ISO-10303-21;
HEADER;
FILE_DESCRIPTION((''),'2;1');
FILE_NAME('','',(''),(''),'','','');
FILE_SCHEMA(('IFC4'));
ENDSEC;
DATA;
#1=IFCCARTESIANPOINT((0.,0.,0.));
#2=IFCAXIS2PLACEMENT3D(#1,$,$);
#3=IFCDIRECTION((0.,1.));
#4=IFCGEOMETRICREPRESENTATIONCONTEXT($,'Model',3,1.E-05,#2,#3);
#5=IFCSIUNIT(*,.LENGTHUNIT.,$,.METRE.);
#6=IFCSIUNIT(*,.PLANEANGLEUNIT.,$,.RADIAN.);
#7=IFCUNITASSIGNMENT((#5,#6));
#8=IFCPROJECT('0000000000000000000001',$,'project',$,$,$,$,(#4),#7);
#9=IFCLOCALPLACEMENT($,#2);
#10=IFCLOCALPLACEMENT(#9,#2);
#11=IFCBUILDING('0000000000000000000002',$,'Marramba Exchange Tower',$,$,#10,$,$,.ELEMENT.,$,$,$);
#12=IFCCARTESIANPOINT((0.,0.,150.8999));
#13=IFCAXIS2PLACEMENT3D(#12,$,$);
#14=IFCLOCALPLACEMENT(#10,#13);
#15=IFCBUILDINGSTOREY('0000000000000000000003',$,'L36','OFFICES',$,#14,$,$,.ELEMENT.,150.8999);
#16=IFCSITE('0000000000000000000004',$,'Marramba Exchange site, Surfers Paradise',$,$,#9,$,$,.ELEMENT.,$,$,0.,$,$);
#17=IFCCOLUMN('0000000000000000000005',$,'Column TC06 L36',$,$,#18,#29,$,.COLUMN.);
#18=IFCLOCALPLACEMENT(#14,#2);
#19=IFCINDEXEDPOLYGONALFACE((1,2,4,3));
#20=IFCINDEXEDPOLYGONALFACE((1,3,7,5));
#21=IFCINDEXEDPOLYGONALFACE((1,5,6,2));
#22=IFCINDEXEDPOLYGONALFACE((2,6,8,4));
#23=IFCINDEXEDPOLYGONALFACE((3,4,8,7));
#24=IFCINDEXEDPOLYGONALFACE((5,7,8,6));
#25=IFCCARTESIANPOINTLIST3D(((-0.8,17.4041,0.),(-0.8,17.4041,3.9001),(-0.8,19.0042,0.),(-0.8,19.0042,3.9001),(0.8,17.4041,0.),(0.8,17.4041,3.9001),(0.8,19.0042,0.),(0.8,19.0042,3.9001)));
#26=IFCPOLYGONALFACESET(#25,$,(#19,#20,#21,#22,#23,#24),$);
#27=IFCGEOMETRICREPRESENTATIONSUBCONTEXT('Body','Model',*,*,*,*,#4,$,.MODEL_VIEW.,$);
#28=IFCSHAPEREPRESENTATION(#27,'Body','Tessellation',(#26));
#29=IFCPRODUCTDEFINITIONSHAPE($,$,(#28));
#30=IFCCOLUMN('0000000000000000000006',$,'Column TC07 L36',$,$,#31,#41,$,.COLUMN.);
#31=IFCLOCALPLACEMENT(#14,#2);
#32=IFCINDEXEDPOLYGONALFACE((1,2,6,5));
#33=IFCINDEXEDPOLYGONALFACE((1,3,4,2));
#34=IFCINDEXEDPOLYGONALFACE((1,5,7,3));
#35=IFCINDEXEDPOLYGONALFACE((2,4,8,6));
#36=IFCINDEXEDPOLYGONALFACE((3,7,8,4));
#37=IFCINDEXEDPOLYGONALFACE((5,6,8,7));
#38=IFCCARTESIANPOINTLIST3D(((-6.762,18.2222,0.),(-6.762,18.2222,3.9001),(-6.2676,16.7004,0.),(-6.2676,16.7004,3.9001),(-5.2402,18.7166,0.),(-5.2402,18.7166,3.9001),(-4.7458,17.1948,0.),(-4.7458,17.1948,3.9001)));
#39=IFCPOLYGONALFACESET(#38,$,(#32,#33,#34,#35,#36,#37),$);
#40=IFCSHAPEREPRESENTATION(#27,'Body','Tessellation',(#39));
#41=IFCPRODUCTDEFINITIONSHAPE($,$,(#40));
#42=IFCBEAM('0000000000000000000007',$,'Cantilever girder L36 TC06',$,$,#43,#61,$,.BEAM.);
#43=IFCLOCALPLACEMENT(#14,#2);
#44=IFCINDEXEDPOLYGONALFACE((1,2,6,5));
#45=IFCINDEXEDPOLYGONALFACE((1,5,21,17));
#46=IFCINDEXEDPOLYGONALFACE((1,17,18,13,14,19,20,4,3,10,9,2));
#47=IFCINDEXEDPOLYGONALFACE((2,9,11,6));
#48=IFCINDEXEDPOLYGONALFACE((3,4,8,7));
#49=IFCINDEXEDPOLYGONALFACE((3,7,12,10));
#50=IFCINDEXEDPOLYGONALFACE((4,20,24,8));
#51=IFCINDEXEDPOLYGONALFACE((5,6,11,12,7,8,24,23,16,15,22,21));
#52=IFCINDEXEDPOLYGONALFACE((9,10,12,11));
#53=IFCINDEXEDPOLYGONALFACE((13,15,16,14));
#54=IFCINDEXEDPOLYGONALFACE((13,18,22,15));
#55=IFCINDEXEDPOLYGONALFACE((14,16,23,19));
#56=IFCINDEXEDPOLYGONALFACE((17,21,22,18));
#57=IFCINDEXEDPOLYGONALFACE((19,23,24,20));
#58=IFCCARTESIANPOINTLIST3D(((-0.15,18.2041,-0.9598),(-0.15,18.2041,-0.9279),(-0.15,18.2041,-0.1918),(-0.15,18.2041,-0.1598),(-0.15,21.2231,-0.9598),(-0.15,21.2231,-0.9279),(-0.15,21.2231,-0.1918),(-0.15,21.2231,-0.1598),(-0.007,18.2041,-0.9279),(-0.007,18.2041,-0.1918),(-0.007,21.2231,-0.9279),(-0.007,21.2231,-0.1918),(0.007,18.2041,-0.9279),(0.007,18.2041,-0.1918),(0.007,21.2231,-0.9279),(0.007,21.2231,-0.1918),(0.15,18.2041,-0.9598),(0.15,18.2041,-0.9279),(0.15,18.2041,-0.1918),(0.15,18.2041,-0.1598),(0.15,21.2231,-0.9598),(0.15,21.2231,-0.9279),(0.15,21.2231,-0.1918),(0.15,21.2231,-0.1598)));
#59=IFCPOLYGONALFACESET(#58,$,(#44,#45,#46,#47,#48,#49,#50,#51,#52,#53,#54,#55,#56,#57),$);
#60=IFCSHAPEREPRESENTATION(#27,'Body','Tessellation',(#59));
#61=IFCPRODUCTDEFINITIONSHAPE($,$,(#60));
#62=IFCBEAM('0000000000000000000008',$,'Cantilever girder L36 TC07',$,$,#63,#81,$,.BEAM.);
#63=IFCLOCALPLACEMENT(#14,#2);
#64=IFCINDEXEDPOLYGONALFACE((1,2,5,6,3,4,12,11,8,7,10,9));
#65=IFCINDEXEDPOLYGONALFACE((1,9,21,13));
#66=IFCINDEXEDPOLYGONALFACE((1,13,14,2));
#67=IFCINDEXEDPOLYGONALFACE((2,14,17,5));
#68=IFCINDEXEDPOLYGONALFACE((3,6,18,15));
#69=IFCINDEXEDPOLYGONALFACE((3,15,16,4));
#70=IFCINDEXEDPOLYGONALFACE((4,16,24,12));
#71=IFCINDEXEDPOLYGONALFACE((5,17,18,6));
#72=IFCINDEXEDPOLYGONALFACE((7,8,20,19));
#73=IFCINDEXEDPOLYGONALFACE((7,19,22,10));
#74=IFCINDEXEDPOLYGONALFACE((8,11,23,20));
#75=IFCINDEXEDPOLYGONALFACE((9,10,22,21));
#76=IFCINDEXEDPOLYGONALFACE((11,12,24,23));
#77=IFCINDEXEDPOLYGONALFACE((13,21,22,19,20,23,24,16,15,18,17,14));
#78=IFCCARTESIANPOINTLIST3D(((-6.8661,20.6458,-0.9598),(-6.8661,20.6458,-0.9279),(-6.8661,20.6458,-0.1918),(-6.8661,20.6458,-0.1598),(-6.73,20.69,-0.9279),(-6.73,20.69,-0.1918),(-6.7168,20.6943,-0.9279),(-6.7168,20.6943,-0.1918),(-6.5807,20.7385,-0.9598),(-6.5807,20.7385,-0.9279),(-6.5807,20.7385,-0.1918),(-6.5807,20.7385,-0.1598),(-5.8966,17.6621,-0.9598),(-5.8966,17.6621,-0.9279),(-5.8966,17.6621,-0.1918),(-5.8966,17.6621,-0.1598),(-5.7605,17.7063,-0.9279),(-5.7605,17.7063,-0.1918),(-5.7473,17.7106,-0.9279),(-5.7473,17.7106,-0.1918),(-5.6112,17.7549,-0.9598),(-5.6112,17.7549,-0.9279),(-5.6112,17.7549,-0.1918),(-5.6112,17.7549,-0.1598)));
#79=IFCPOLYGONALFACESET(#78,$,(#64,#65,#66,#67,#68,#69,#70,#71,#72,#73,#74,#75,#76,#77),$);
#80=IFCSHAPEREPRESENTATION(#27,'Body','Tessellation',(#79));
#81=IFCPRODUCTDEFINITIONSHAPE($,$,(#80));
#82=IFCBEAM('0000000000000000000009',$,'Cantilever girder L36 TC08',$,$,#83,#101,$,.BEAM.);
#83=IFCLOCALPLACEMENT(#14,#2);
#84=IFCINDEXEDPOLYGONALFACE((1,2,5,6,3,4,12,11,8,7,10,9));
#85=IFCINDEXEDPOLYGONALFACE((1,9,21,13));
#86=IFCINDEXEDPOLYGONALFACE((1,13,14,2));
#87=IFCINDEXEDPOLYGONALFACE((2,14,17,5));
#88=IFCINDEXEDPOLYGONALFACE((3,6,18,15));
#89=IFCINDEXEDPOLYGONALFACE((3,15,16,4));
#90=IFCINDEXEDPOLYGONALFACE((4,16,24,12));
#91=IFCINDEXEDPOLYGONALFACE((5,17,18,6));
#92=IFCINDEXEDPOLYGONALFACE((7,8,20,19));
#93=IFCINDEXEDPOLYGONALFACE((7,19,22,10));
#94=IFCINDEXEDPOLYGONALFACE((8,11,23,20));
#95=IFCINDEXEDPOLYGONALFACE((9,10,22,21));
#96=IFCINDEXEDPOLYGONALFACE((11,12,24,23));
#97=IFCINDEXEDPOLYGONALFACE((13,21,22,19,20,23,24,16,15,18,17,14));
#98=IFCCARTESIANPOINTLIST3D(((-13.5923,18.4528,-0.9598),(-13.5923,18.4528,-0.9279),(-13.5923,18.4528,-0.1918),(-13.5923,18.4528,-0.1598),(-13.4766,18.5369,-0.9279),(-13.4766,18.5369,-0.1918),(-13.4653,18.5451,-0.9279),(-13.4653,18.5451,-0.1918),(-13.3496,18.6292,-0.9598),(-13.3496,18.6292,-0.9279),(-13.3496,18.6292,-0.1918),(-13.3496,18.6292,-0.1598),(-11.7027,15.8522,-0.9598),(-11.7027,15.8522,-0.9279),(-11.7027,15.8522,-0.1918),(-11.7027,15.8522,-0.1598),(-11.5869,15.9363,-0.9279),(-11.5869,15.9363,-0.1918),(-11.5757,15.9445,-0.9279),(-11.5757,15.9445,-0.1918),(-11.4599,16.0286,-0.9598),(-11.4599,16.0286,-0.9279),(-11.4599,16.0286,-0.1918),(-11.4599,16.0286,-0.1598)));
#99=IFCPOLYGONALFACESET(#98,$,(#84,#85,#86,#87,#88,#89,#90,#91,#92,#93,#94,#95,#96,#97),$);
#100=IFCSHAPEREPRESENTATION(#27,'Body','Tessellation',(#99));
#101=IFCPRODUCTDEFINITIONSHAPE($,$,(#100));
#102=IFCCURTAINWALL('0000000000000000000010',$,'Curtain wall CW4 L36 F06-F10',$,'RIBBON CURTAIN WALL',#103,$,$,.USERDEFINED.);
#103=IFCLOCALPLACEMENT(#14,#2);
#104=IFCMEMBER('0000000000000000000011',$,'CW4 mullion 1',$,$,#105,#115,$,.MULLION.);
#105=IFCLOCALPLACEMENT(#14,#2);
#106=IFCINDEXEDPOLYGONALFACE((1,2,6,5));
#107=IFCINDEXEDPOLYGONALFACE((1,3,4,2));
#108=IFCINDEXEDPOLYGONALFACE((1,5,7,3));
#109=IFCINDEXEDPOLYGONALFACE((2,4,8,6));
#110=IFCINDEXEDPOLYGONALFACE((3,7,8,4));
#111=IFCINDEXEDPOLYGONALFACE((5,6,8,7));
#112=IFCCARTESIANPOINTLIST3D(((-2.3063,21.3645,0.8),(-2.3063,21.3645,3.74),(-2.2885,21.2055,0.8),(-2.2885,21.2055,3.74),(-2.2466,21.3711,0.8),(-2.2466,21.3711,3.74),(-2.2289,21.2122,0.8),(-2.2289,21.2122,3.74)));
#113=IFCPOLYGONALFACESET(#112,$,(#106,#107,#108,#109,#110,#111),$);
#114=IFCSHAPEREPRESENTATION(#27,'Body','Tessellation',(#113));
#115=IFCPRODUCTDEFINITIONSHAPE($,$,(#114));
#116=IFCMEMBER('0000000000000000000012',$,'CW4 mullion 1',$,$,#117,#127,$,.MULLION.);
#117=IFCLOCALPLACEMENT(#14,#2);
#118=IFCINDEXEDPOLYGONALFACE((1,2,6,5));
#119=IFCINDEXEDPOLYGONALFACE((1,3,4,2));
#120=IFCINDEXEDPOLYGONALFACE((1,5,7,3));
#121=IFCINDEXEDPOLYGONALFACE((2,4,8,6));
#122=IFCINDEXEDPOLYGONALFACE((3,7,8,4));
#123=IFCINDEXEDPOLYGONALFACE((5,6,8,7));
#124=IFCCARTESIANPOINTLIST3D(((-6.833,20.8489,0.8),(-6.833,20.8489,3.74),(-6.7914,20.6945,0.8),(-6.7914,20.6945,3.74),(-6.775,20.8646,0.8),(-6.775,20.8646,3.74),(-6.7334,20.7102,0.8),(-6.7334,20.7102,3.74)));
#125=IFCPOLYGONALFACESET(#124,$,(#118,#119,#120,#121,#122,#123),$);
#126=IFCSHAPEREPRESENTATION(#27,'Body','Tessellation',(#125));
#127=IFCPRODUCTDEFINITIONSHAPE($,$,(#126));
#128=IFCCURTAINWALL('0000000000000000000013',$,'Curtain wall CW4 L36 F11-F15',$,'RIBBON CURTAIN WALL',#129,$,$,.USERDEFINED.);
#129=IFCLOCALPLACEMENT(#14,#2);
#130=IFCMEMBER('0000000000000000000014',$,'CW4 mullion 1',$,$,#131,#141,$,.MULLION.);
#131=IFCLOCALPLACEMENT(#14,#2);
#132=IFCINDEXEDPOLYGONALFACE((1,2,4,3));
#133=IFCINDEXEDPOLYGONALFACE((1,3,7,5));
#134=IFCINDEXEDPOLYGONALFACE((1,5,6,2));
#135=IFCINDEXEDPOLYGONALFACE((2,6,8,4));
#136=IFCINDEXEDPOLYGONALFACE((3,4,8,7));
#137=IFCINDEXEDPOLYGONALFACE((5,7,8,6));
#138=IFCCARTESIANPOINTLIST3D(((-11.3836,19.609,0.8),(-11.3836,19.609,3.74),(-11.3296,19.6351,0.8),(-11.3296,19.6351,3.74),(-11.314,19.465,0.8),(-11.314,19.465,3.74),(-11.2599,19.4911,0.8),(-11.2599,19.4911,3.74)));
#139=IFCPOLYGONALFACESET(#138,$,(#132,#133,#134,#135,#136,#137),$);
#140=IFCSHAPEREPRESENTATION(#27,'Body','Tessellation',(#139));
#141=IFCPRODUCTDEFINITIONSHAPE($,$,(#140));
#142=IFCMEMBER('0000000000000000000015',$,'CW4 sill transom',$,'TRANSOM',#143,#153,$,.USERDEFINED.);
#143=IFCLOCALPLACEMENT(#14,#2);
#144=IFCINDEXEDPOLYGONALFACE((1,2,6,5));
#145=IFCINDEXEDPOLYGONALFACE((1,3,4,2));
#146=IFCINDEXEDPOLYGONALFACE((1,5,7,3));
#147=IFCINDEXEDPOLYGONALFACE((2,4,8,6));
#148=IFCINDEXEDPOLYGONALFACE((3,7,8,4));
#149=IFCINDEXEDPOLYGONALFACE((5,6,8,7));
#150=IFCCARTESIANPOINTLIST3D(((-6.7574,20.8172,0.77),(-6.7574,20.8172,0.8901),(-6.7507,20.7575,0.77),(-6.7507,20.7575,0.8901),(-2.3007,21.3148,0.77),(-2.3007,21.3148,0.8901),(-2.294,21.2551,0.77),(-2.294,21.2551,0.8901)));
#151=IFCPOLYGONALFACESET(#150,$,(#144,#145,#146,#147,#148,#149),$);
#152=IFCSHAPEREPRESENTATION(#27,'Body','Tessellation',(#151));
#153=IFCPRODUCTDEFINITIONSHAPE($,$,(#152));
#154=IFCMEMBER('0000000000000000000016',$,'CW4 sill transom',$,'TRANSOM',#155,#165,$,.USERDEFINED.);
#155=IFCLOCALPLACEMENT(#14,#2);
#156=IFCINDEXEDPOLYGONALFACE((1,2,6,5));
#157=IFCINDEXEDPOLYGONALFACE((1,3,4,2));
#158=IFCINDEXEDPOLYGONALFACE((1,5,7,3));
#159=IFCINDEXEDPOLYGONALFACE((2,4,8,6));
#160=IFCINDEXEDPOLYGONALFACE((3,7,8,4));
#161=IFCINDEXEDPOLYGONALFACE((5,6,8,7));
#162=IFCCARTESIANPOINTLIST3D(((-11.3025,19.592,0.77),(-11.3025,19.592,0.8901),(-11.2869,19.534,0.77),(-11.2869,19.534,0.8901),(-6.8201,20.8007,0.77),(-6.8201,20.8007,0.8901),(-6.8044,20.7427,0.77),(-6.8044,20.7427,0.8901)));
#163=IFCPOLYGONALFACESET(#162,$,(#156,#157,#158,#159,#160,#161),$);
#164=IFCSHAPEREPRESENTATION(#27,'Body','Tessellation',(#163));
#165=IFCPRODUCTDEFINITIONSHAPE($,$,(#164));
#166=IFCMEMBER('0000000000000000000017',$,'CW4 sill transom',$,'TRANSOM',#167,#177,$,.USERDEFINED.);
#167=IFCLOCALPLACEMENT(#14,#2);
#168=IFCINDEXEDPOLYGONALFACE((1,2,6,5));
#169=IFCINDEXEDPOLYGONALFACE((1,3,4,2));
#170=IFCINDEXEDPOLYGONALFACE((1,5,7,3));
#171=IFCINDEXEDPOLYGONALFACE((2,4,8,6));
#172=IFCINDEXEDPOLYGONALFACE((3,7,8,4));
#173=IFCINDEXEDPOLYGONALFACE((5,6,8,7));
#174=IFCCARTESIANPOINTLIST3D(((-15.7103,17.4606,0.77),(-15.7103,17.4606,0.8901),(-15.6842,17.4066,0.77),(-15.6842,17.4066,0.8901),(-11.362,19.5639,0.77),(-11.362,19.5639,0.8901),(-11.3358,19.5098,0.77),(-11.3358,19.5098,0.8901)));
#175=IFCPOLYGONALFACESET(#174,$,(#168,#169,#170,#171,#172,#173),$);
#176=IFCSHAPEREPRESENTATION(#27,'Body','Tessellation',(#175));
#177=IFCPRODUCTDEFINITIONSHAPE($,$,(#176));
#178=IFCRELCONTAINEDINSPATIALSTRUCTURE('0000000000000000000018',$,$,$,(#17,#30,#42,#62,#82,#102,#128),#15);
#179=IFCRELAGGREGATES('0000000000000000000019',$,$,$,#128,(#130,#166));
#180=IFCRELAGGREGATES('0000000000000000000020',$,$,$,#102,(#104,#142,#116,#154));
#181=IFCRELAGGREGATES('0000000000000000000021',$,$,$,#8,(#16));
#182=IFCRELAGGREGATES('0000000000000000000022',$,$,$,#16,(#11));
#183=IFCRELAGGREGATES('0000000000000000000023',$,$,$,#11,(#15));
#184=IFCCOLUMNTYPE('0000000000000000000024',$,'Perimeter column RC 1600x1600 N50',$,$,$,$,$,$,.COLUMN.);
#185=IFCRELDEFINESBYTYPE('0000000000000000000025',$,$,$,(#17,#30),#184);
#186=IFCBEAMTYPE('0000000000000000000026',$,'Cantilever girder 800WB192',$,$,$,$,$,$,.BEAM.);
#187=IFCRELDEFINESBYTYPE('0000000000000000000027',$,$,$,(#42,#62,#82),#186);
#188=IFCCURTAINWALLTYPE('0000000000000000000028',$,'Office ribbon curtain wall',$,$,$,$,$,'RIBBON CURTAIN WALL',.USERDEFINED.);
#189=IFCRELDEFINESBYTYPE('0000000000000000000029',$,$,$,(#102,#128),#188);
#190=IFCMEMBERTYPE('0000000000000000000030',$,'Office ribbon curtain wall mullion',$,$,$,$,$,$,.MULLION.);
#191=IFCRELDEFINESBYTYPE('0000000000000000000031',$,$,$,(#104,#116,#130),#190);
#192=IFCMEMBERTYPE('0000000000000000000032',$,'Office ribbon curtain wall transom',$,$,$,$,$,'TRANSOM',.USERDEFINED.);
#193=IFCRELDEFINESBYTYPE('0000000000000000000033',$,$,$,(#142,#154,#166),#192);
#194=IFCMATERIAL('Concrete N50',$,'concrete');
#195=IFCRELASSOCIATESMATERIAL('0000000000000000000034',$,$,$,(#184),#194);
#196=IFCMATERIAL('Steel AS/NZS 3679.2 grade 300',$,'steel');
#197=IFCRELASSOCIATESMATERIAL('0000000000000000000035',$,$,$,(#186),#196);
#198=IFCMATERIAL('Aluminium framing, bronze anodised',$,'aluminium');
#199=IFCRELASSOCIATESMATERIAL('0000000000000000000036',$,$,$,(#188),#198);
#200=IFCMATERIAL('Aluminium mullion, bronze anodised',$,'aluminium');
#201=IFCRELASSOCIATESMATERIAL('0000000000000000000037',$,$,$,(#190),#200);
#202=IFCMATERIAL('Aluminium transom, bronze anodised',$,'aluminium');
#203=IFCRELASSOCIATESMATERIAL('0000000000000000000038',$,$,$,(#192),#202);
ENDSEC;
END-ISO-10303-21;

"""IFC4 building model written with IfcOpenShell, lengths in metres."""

from ifc_helpers import new_model, si_unit, direction, frame, origin, origin_2d, place, context, subcontext, project, spatial, rectangle, i_section, extrude, material, material_profile, profile_set, type_object, element, aggregate, save


model = new_model("IFC4")

# Units and contexts
model_context = context("Model", 3, precision=1e-05, world=origin(), true_north=direction((0.0, 1.0)))
body_context = subcontext(model_context, "Body", "Model", "MODEL_VIEW")
ifc_project = project(units=[si_unit("LENGTHUNIT", "METRE"), si_unit("PLANEANGLEUNIT", "RADIAN")], contexts=[model_context])

# Site, building, storey
site_placement = place(None, origin())
site = spatial("IfcSite", under=ifc_project, at=site_placement, Name="Marramba Exchange site, Surfers Paradise", CompositionType="ELEMENT", RefElevation=0.0)
building_placement = place(site_placement, origin())
building = spatial("IfcBuilding", under=site, at=building_placement, Name="Marramba Exchange Tower", CompositionType="ELEMENT")
storey_placement = place(building_placement, frame((0.0, 0.0, 150.8999)))
storey = spatial("IfcBuildingStorey", under=building, at=storey_placement, Name="L36", Description="OFFICES", CompositionType="ELEMENT", Elevation=150.8999)

# Columns
ifc_material_1 = material(Name="Concrete N50", Category="concrete")
ifc_material_profile_1 = material_profile(ifc_material_1, rectangle(XDim=1.6001, YDim=1.6001, at=origin_2d()), Name="RC 1600x1600")
ifc_profile_set_1 = profile_set([ifc_material_profile_1], Name="Concrete N50")
column_type = type_object("IfcColumnType", Name="Perimeter column RC 1600x1600 N50", PredefinedType="COLUMN", material=ifc_profile_set_1)
for number, where, z_axis, x_axis, name in (
    (1, (0.0, 18.2041, 0.0), (0.0, 0.0, 1.0), (0.0, 1.0, 0.0), "Column TC06 L36"),
    (2, (-5.7539, 17.7085, 0.0), (0.0, 0.0, 1.0), (-0.309017, 0.951057, 0.0), "Column TC07 L36"),
):
    element("IfcColumn", number, at=place(storey_placement, frame(where, z_axis=z_axis, x_axis=x_axis)), inside=storey, type_object=column_type, Name=name, PredefinedType="COLUMN", context=body_context, shape_type="SweptSolid", body=[
        extrude(rectangle(XDim=1.6001, YDim=1.6001, at=origin_2d()), origin(), (0.0, 0.0, 1.0), 3.9001),
    ])

# Beams
ifc_material_2 = material(Name="Steel AS/NZS 3679.2 grade 300", Category="steel")
ifc_material_profile_2 = material_profile(ifc_material_2, i_section(OverallWidth=0.3, OverallDepth=0.8, WebThickness=0.0139, FlangeThickness=0.032, at=origin_2d()), Name="800WB192")
ifc_profile_set_2 = profile_set([ifc_material_profile_2], Name="Steel AS/NZS 3679.2 grade 300")
beam_type_1 = type_object("IfcBeamType", Name="Cantilever girder 800WB192", PredefinedType="BEAM", material=ifc_profile_set_2)
beam_1_placement = place(storey_placement, frame((0.0, 18.2041, -0.5598), z_axis=(0.0, 1.0, 0.0), x_axis=(-1.0, 0.0, 0.0)))
element("IfcBeam", 3, at=beam_1_placement, inside=storey, type_object=beam_type_1, Name="Cantilever girder L36 TC06", PredefinedType="BEAM", context=body_context, shape_type="SweptSolid", body=[
    extrude(i_section(OverallWidth=0.3, OverallDepth=0.8, WebThickness=0.0139, FlangeThickness=0.032, at=origin_2d()), origin(), (0.0, 0.0, 1.0), 3.019),
])
beam_2_placement = place(storey_placement, frame((-5.7539, 17.7085, -0.5598), z_axis=(-0.309028, 0.951053, 0.0), x_axis=(-0.951053, -0.309028, 0.0)))
element("IfcBeam", 4, at=beam_2_placement, inside=storey, type_object=beam_type_1, Name="Cantilever girder L36 TC07", PredefinedType="BEAM", context=body_context, shape_type="SweptSolid", body=[
    extrude(i_section(OverallWidth=0.3, OverallDepth=0.8, WebThickness=0.0139, FlangeThickness=0.032, at=origin_2d()), origin(), (0.0, 0.0, 1.0), 3.1372),
])
beam_3_placement = place(storey_placement, frame((-11.5813, 15.9404, -0.5598), z_axis=(-0.587828, 0.808986, 0.0), x_axis=(-0.808986, -0.587828, 0.0)))
element("IfcBeam", 5, at=beam_3_placement, inside=storey, type_object=beam_type_1, Name="Cantilever girder L36 TC08", PredefinedType="BEAM", context=body_context, shape_type="SweptSolid", body=[
    extrude(i_section(OverallWidth=0.3, OverallDepth=0.8, WebThickness=0.0139, FlangeThickness=0.032, at=origin_2d()), origin(), (0.0, 0.0, 1.0), 3.2146),
])

# Curtain wall, members
ifc_material_3 = material(Name="Aluminium framing, bronze anodised", Category="aluminium")
curtain_wall_type = type_object("IfcCurtainWallType", Name="Office ribbon curtain wall", ElementType="RIBBON CURTAIN WALL", PredefinedType="USERDEFINED", material=ifc_material_3)
curtain_wall_1_placement = place(storey_placement, origin())
curtain_wall_1 = element("IfcCurtainWall", 6, at=curtain_wall_1_placement, inside=storey, type_object=curtain_wall_type, Name="Curtain wall CW4 L36 F06-F10", ObjectType="RIBBON CURTAIN WALL", PredefinedType="USERDEFINED")
ifc_material_4 = material(Name="Aluminium mullion, bronze anodised", Category="aluminium")
ifc_material_profile_3 = material_profile(ifc_material_4, rectangle(XDim=0.1599, YDim=0.0601, at=origin_2d()), Name="CW4 mullion 60x160")
ifc_profile_set_3 = profile_set([ifc_material_profile_3], Name="Aluminium mullion, bronze anodised")
member_type_1 = type_object("IfcMemberType", Name="Office ribbon curtain wall mullion", PredefinedType="MULLION", material=ifc_profile_set_3)
member_1_placement = place(storey_placement, frame((-2.2676, 21.2883, 0.8), z_axis=(0.0, 0.0, 1.0), x_axis=(0.110973, -0.993823, 0.0)))
member_1 = element("IfcMember", 7, at=member_1_placement, type_object=member_type_1, Name="CW4 mullion 1", PredefinedType="MULLION", context=body_context, shape_type="SweptSolid", body=[
    extrude(rectangle(XDim=0.1599, YDim=0.0601, at=origin_2d()), origin(), (0.0, 0.0, 1.0), 2.9399),
])
member_2_placement = place(storey_placement, frame((-6.7832, 20.7795, 0.8), z_axis=(0.0, 0.0, 1.0), x_axis=(0.260321, -0.965522, 0.0)))
member_2 = element("IfcMember", 8, at=member_2_placement, type_object=member_type_1, Name="CW4 mullion 1", PredefinedType="MULLION", context=body_context, shape_type="SweptSolid", body=[
    extrude(rectangle(XDim=0.1599, YDim=0.0601, at=origin_2d()), origin(), (0.0, 0.0, 1.0), 2.9399),
])

# Curtain wall, member
curtain_wall_2_placement = place(storey_placement, origin())
curtain_wall_2 = element("IfcCurtainWall", 9, at=curtain_wall_2_placement, inside=storey, type_object=curtain_wall_type, Name="Curtain wall CW4 L36 F11-F15", ObjectType="RIBBON CURTAIN WALL", PredefinedType="USERDEFINED")
member_3_placement = place(storey_placement, frame((-11.3218, 19.55, 0.8), z_axis=(0.0, 0.0, 1.0), x_axis=(0.435428, -0.900224, 0.0)))
member_3 = element("IfcMember", 10, at=member_3_placement, type_object=member_type_1, Name="CW4 mullion 1", PredefinedType="MULLION", context=body_context, shape_type="SweptSolid", body=[
    extrude(rectangle(XDim=0.1599, YDim=0.0601, at=origin_2d()), origin(), (0.0, 0.0, 1.0), 2.9399),
])

# Members
ifc_material_5 = material(Name="Aluminium transom, bronze anodised", Category="aluminium")
ifc_material_profile_4 = material_profile(ifc_material_5, rectangle(XDim=0.0601, YDim=0.1201, at=origin_2d()), Name="CW4 transom 60x120")
ifc_profile_set_4 = profile_set([ifc_material_profile_4], Name="Aluminium transom, bronze anodised")
member_type_2 = type_object("IfcMemberType", Name="Office ribbon curtain wall transom", ElementType="TRANSOM", PredefinedType="USERDEFINED", material=ifc_profile_set_4)
member_4_placement = place(storey_placement, frame((-2.2974, 21.2849, 0.8301), z_axis=(-0.993826, -0.110951, 0.0), x_axis=(0.110951, -0.993826, 0.0)))
member_4 = element("IfcMember", 11, at=member_4_placement, type_object=member_type_2, Name="CW4 sill transom", ObjectType="TRANSOM", PredefinedType="USERDEFINED", context=body_context, shape_type="SweptSolid", body=[
    extrude(rectangle(XDim=0.0601, YDim=0.1201, at=origin_2d()), origin(), (0.0, 0.0, 1.0), 4.4844),
])
member_5_placement = place(storey_placement, frame((-6.8123, 20.7717, 0.8301), z_axis=(-0.965511, -0.260362, 0.0), x_axis=(0.260362, -0.965511, 0.0)))
member_5 = element("IfcMember", 12, at=member_5_placement, type_object=member_type_2, Name="CW4 sill transom", ObjectType="TRANSOM", PredefinedType="USERDEFINED", context=body_context, shape_type="SweptSolid", body=[
    extrude(rectangle(XDim=0.0601, YDim=0.1201, at=origin_2d()), origin(), (0.0, 0.0, 1.0), 4.6426),
])
member_6_placement = place(storey_placement, frame((-11.3489, 19.5369, 0.8301), z_axis=(-0.900223, -0.435429, 0.0), x_axis=(0.435429, -0.900223, 0.0)))
member_6 = element("IfcMember", 13, at=member_6_placement, type_object=member_type_2, Name="CW4 sill transom", ObjectType="TRANSOM", PredefinedType="USERDEFINED", context=body_context, shape_type="SweptSolid", body=[
    extrude(rectangle(XDim=0.0601, YDim=0.1201, at=origin_2d()), origin(), (0.0, 0.0, 1.0), 4.8303),
])
aggregate(curtain_wall_2, [member_3, member_6])

aggregate(curtain_wall_1, [member_1, member_4, member_2, member_5])

save(model, "model.ifc")
